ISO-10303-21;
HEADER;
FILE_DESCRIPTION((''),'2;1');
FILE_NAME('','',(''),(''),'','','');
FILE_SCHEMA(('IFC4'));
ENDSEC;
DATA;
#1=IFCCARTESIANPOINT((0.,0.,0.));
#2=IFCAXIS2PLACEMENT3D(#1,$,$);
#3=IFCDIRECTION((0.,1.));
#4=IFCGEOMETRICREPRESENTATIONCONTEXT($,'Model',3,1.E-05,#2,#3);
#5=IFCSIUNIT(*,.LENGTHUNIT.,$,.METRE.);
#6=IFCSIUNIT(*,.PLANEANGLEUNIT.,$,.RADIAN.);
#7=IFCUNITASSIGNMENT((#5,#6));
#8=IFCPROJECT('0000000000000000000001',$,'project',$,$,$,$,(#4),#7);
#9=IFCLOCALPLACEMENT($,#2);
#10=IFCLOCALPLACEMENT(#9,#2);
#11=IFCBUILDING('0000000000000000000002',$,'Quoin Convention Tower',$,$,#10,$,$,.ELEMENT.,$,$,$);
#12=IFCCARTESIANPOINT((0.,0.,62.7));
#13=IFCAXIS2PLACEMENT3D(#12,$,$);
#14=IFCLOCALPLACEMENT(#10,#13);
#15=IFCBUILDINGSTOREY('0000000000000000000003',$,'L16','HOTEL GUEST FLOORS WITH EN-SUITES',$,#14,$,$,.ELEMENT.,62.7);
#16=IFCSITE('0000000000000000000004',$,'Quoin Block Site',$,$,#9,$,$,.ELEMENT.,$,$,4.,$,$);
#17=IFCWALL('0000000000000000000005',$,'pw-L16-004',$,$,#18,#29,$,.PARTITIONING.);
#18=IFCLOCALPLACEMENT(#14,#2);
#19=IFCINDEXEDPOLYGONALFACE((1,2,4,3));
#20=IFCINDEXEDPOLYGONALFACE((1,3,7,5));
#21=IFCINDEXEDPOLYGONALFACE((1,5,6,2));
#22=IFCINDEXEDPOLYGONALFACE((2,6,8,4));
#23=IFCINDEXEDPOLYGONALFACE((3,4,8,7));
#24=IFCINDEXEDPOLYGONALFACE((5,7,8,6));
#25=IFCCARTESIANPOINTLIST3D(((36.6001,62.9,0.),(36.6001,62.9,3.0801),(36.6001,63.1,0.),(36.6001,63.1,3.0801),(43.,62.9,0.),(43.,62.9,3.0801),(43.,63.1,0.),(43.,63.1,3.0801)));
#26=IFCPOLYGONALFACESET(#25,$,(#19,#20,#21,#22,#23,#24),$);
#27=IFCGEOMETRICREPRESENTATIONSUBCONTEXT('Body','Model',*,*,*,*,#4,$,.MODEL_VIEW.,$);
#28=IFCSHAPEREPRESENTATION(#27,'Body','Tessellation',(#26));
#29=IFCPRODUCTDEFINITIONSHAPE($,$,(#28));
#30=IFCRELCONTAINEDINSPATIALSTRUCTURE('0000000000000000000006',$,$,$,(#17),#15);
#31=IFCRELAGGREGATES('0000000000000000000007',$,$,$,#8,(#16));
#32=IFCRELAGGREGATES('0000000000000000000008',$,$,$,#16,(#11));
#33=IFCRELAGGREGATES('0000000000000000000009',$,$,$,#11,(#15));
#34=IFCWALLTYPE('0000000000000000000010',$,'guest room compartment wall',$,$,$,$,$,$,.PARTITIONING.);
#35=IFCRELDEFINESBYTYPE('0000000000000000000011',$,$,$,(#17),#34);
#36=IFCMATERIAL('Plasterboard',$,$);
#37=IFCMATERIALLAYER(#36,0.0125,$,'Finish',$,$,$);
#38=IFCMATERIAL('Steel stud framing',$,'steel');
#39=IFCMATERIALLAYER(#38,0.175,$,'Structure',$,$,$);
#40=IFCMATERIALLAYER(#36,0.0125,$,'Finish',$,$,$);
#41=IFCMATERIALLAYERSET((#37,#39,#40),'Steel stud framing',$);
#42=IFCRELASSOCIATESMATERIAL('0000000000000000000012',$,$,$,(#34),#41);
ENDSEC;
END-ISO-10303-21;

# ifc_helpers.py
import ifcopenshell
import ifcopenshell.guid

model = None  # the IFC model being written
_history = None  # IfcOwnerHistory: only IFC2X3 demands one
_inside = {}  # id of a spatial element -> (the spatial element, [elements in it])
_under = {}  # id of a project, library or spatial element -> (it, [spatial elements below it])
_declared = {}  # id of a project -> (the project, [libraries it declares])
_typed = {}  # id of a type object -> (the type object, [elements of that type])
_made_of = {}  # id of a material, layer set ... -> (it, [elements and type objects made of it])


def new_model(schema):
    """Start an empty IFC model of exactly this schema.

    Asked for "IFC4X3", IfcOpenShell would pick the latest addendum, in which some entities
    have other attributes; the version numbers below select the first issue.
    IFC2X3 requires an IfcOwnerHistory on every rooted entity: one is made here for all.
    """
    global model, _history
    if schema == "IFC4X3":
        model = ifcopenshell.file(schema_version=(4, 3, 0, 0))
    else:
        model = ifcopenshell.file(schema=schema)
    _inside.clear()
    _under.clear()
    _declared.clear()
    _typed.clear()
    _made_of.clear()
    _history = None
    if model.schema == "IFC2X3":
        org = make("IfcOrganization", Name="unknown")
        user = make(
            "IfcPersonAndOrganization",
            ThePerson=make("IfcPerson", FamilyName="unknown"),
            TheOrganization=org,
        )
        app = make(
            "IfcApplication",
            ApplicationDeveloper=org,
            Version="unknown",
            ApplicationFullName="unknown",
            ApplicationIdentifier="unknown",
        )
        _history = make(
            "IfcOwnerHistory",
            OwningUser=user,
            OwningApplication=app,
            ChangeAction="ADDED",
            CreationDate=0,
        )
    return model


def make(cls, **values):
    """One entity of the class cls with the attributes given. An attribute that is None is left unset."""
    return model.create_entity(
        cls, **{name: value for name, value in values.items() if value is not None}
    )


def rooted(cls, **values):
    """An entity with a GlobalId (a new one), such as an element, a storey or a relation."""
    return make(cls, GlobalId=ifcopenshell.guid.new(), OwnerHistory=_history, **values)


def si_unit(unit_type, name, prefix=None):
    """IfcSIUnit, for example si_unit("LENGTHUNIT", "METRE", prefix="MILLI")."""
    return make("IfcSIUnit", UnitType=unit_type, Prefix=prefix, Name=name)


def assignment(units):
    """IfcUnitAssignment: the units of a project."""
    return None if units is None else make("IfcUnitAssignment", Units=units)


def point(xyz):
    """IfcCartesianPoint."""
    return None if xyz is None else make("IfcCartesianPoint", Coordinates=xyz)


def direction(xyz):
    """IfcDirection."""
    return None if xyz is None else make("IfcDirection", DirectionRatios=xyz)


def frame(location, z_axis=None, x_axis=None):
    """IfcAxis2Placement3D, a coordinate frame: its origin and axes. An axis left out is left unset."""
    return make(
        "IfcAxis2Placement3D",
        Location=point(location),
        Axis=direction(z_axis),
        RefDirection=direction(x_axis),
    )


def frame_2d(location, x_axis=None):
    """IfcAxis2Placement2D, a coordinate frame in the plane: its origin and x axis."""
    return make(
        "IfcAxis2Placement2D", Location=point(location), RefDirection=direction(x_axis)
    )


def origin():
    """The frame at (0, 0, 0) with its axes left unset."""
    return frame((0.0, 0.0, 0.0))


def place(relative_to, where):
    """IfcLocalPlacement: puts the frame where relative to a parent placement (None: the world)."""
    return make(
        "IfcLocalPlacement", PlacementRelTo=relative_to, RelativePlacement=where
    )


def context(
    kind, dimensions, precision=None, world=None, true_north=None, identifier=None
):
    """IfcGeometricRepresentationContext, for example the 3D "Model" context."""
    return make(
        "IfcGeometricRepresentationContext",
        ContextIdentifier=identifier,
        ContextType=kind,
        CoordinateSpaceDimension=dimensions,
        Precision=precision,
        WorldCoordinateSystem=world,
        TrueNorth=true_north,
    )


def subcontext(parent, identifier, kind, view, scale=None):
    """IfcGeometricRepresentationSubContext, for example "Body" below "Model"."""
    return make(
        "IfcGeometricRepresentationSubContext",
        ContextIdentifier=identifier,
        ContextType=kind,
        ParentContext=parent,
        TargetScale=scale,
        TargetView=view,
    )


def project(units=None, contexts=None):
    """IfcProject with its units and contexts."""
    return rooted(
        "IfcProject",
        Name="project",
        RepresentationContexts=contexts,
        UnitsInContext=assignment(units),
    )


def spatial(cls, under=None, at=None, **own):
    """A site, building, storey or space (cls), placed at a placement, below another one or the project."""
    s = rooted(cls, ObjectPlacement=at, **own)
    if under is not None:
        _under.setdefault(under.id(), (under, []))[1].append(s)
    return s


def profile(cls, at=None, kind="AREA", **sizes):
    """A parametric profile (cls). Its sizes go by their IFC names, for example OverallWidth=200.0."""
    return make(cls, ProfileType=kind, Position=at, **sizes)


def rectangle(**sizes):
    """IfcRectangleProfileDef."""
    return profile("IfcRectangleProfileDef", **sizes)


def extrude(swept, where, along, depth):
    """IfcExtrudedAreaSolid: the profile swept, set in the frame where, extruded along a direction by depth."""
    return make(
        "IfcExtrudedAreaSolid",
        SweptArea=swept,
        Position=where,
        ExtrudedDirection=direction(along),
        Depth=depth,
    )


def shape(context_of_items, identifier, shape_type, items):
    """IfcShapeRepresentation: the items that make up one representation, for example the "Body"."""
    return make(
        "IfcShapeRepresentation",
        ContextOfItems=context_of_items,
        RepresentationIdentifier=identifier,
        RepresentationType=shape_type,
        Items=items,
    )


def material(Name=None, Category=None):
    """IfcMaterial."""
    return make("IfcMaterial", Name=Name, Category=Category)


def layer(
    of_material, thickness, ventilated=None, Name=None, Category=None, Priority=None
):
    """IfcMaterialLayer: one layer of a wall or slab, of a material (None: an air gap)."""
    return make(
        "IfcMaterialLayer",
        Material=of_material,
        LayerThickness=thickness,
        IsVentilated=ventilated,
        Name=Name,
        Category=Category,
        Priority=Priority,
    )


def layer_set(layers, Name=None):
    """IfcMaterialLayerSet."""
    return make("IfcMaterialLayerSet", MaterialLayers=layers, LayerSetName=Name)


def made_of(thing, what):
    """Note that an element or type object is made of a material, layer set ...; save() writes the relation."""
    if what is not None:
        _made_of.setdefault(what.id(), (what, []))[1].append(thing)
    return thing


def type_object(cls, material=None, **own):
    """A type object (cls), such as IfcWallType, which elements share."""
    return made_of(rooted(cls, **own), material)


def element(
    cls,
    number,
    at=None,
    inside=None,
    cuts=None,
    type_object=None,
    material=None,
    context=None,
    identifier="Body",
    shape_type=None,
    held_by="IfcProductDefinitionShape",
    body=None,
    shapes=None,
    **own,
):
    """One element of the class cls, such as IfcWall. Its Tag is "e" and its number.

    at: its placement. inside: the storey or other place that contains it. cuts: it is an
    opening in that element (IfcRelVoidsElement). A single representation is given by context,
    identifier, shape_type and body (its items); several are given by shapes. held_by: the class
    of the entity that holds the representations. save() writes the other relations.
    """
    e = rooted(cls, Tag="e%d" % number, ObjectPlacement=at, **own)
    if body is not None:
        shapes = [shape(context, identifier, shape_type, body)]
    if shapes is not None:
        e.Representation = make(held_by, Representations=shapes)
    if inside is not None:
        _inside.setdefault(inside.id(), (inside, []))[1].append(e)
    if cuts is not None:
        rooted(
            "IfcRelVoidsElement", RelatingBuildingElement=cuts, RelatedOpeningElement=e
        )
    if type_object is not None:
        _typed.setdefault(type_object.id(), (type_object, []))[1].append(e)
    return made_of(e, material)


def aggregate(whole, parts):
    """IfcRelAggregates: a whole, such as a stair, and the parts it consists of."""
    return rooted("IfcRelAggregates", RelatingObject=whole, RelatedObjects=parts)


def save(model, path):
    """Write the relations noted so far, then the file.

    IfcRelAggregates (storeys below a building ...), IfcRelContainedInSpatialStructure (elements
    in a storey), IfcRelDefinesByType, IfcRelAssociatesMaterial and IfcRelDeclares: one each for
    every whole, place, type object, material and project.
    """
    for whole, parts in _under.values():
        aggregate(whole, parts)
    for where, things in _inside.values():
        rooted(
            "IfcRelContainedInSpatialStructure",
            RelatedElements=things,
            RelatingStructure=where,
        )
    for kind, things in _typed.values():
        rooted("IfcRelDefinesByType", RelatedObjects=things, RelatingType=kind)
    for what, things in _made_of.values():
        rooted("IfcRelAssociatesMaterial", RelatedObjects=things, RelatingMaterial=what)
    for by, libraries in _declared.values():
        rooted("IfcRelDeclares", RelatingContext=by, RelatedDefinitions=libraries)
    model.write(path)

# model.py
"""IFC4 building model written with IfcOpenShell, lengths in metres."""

from ifc_helpers import new_model, si_unit, direction, frame, frame_2d, origin, place, context, subcontext, project, spatial, rectangle, extrude, material, layer, layer_set, type_object, element, save


model = new_model("IFC4")

# Units and contexts
model_context = context("Model", 3, precision=1e-05, world=origin(), true_north=direction((0.0, 1.0)))
body_context = subcontext(model_context, "Body", "Model", "MODEL_VIEW")
ifc_project = project(units=[si_unit("LENGTHUNIT", "METRE"), si_unit("PLANEANGLEUNIT", "RADIAN")], contexts=[model_context])

# Site, building, storey
site_placement = place(None, origin())
site = spatial("IfcSite", under=ifc_project, at=site_placement, Name="Quoin Block Site", CompositionType="ELEMENT", RefElevation=4.0)
building_placement = place(site_placement, origin())
building = spatial("IfcBuilding", under=site, at=building_placement, Name="Quoin Convention Tower", CompositionType="ELEMENT")
storey_placement = place(building_placement, frame((0.0, 0.0, 62.7)))
storey = spatial("IfcBuildingStorey", under=building, at=storey_placement, Name="L16", Description="HOTEL GUEST FLOORS WITH EN-SUITES", CompositionType="ELEMENT", Elevation=62.7)

# Shared definitions
ifc_material_1 = material(Name="Plasterboard")
ifc_material_2 = material(Name="Steel stud framing", Category="steel")

# Wall
ifc_layer_1 = layer(ifc_material_1, 0.0125, Name="Finish")
ifc_layer_2 = layer(ifc_material_2, 0.175, Name="Structure")
ifc_layer_3 = layer(ifc_material_1, 0.0125, Name="Finish")
ifc_layer_set_1 = layer_set([ifc_layer_1, ifc_layer_2, ifc_layer_3], Name="Steel stud framing")
wall_type_1 = type_object("IfcWallType", Name="guest room compartment wall", PredefinedType="PARTITIONING", material=ifc_layer_set_1)
wall_1_placement = place(storey_placement, frame((36.6001, 63.0, 0.0), z_axis=(0.0, 0.0, 1.0), x_axis=(1.0, 0.0, 0.0)))
element("IfcWall", 1, at=wall_1_placement, inside=storey, type_object=wall_type_1, Name="pw-L16-004", PredefinedType="PARTITIONING", context=body_context, shape_type="SweptSolid", body=[
    extrude(rectangle(XDim=6.3999, YDim=0.2, at=frame_2d((3.2, 0.0))), origin(), (0.0, 0.0, 1.0), 3.0801),
])

save(model, "model.ifc")
